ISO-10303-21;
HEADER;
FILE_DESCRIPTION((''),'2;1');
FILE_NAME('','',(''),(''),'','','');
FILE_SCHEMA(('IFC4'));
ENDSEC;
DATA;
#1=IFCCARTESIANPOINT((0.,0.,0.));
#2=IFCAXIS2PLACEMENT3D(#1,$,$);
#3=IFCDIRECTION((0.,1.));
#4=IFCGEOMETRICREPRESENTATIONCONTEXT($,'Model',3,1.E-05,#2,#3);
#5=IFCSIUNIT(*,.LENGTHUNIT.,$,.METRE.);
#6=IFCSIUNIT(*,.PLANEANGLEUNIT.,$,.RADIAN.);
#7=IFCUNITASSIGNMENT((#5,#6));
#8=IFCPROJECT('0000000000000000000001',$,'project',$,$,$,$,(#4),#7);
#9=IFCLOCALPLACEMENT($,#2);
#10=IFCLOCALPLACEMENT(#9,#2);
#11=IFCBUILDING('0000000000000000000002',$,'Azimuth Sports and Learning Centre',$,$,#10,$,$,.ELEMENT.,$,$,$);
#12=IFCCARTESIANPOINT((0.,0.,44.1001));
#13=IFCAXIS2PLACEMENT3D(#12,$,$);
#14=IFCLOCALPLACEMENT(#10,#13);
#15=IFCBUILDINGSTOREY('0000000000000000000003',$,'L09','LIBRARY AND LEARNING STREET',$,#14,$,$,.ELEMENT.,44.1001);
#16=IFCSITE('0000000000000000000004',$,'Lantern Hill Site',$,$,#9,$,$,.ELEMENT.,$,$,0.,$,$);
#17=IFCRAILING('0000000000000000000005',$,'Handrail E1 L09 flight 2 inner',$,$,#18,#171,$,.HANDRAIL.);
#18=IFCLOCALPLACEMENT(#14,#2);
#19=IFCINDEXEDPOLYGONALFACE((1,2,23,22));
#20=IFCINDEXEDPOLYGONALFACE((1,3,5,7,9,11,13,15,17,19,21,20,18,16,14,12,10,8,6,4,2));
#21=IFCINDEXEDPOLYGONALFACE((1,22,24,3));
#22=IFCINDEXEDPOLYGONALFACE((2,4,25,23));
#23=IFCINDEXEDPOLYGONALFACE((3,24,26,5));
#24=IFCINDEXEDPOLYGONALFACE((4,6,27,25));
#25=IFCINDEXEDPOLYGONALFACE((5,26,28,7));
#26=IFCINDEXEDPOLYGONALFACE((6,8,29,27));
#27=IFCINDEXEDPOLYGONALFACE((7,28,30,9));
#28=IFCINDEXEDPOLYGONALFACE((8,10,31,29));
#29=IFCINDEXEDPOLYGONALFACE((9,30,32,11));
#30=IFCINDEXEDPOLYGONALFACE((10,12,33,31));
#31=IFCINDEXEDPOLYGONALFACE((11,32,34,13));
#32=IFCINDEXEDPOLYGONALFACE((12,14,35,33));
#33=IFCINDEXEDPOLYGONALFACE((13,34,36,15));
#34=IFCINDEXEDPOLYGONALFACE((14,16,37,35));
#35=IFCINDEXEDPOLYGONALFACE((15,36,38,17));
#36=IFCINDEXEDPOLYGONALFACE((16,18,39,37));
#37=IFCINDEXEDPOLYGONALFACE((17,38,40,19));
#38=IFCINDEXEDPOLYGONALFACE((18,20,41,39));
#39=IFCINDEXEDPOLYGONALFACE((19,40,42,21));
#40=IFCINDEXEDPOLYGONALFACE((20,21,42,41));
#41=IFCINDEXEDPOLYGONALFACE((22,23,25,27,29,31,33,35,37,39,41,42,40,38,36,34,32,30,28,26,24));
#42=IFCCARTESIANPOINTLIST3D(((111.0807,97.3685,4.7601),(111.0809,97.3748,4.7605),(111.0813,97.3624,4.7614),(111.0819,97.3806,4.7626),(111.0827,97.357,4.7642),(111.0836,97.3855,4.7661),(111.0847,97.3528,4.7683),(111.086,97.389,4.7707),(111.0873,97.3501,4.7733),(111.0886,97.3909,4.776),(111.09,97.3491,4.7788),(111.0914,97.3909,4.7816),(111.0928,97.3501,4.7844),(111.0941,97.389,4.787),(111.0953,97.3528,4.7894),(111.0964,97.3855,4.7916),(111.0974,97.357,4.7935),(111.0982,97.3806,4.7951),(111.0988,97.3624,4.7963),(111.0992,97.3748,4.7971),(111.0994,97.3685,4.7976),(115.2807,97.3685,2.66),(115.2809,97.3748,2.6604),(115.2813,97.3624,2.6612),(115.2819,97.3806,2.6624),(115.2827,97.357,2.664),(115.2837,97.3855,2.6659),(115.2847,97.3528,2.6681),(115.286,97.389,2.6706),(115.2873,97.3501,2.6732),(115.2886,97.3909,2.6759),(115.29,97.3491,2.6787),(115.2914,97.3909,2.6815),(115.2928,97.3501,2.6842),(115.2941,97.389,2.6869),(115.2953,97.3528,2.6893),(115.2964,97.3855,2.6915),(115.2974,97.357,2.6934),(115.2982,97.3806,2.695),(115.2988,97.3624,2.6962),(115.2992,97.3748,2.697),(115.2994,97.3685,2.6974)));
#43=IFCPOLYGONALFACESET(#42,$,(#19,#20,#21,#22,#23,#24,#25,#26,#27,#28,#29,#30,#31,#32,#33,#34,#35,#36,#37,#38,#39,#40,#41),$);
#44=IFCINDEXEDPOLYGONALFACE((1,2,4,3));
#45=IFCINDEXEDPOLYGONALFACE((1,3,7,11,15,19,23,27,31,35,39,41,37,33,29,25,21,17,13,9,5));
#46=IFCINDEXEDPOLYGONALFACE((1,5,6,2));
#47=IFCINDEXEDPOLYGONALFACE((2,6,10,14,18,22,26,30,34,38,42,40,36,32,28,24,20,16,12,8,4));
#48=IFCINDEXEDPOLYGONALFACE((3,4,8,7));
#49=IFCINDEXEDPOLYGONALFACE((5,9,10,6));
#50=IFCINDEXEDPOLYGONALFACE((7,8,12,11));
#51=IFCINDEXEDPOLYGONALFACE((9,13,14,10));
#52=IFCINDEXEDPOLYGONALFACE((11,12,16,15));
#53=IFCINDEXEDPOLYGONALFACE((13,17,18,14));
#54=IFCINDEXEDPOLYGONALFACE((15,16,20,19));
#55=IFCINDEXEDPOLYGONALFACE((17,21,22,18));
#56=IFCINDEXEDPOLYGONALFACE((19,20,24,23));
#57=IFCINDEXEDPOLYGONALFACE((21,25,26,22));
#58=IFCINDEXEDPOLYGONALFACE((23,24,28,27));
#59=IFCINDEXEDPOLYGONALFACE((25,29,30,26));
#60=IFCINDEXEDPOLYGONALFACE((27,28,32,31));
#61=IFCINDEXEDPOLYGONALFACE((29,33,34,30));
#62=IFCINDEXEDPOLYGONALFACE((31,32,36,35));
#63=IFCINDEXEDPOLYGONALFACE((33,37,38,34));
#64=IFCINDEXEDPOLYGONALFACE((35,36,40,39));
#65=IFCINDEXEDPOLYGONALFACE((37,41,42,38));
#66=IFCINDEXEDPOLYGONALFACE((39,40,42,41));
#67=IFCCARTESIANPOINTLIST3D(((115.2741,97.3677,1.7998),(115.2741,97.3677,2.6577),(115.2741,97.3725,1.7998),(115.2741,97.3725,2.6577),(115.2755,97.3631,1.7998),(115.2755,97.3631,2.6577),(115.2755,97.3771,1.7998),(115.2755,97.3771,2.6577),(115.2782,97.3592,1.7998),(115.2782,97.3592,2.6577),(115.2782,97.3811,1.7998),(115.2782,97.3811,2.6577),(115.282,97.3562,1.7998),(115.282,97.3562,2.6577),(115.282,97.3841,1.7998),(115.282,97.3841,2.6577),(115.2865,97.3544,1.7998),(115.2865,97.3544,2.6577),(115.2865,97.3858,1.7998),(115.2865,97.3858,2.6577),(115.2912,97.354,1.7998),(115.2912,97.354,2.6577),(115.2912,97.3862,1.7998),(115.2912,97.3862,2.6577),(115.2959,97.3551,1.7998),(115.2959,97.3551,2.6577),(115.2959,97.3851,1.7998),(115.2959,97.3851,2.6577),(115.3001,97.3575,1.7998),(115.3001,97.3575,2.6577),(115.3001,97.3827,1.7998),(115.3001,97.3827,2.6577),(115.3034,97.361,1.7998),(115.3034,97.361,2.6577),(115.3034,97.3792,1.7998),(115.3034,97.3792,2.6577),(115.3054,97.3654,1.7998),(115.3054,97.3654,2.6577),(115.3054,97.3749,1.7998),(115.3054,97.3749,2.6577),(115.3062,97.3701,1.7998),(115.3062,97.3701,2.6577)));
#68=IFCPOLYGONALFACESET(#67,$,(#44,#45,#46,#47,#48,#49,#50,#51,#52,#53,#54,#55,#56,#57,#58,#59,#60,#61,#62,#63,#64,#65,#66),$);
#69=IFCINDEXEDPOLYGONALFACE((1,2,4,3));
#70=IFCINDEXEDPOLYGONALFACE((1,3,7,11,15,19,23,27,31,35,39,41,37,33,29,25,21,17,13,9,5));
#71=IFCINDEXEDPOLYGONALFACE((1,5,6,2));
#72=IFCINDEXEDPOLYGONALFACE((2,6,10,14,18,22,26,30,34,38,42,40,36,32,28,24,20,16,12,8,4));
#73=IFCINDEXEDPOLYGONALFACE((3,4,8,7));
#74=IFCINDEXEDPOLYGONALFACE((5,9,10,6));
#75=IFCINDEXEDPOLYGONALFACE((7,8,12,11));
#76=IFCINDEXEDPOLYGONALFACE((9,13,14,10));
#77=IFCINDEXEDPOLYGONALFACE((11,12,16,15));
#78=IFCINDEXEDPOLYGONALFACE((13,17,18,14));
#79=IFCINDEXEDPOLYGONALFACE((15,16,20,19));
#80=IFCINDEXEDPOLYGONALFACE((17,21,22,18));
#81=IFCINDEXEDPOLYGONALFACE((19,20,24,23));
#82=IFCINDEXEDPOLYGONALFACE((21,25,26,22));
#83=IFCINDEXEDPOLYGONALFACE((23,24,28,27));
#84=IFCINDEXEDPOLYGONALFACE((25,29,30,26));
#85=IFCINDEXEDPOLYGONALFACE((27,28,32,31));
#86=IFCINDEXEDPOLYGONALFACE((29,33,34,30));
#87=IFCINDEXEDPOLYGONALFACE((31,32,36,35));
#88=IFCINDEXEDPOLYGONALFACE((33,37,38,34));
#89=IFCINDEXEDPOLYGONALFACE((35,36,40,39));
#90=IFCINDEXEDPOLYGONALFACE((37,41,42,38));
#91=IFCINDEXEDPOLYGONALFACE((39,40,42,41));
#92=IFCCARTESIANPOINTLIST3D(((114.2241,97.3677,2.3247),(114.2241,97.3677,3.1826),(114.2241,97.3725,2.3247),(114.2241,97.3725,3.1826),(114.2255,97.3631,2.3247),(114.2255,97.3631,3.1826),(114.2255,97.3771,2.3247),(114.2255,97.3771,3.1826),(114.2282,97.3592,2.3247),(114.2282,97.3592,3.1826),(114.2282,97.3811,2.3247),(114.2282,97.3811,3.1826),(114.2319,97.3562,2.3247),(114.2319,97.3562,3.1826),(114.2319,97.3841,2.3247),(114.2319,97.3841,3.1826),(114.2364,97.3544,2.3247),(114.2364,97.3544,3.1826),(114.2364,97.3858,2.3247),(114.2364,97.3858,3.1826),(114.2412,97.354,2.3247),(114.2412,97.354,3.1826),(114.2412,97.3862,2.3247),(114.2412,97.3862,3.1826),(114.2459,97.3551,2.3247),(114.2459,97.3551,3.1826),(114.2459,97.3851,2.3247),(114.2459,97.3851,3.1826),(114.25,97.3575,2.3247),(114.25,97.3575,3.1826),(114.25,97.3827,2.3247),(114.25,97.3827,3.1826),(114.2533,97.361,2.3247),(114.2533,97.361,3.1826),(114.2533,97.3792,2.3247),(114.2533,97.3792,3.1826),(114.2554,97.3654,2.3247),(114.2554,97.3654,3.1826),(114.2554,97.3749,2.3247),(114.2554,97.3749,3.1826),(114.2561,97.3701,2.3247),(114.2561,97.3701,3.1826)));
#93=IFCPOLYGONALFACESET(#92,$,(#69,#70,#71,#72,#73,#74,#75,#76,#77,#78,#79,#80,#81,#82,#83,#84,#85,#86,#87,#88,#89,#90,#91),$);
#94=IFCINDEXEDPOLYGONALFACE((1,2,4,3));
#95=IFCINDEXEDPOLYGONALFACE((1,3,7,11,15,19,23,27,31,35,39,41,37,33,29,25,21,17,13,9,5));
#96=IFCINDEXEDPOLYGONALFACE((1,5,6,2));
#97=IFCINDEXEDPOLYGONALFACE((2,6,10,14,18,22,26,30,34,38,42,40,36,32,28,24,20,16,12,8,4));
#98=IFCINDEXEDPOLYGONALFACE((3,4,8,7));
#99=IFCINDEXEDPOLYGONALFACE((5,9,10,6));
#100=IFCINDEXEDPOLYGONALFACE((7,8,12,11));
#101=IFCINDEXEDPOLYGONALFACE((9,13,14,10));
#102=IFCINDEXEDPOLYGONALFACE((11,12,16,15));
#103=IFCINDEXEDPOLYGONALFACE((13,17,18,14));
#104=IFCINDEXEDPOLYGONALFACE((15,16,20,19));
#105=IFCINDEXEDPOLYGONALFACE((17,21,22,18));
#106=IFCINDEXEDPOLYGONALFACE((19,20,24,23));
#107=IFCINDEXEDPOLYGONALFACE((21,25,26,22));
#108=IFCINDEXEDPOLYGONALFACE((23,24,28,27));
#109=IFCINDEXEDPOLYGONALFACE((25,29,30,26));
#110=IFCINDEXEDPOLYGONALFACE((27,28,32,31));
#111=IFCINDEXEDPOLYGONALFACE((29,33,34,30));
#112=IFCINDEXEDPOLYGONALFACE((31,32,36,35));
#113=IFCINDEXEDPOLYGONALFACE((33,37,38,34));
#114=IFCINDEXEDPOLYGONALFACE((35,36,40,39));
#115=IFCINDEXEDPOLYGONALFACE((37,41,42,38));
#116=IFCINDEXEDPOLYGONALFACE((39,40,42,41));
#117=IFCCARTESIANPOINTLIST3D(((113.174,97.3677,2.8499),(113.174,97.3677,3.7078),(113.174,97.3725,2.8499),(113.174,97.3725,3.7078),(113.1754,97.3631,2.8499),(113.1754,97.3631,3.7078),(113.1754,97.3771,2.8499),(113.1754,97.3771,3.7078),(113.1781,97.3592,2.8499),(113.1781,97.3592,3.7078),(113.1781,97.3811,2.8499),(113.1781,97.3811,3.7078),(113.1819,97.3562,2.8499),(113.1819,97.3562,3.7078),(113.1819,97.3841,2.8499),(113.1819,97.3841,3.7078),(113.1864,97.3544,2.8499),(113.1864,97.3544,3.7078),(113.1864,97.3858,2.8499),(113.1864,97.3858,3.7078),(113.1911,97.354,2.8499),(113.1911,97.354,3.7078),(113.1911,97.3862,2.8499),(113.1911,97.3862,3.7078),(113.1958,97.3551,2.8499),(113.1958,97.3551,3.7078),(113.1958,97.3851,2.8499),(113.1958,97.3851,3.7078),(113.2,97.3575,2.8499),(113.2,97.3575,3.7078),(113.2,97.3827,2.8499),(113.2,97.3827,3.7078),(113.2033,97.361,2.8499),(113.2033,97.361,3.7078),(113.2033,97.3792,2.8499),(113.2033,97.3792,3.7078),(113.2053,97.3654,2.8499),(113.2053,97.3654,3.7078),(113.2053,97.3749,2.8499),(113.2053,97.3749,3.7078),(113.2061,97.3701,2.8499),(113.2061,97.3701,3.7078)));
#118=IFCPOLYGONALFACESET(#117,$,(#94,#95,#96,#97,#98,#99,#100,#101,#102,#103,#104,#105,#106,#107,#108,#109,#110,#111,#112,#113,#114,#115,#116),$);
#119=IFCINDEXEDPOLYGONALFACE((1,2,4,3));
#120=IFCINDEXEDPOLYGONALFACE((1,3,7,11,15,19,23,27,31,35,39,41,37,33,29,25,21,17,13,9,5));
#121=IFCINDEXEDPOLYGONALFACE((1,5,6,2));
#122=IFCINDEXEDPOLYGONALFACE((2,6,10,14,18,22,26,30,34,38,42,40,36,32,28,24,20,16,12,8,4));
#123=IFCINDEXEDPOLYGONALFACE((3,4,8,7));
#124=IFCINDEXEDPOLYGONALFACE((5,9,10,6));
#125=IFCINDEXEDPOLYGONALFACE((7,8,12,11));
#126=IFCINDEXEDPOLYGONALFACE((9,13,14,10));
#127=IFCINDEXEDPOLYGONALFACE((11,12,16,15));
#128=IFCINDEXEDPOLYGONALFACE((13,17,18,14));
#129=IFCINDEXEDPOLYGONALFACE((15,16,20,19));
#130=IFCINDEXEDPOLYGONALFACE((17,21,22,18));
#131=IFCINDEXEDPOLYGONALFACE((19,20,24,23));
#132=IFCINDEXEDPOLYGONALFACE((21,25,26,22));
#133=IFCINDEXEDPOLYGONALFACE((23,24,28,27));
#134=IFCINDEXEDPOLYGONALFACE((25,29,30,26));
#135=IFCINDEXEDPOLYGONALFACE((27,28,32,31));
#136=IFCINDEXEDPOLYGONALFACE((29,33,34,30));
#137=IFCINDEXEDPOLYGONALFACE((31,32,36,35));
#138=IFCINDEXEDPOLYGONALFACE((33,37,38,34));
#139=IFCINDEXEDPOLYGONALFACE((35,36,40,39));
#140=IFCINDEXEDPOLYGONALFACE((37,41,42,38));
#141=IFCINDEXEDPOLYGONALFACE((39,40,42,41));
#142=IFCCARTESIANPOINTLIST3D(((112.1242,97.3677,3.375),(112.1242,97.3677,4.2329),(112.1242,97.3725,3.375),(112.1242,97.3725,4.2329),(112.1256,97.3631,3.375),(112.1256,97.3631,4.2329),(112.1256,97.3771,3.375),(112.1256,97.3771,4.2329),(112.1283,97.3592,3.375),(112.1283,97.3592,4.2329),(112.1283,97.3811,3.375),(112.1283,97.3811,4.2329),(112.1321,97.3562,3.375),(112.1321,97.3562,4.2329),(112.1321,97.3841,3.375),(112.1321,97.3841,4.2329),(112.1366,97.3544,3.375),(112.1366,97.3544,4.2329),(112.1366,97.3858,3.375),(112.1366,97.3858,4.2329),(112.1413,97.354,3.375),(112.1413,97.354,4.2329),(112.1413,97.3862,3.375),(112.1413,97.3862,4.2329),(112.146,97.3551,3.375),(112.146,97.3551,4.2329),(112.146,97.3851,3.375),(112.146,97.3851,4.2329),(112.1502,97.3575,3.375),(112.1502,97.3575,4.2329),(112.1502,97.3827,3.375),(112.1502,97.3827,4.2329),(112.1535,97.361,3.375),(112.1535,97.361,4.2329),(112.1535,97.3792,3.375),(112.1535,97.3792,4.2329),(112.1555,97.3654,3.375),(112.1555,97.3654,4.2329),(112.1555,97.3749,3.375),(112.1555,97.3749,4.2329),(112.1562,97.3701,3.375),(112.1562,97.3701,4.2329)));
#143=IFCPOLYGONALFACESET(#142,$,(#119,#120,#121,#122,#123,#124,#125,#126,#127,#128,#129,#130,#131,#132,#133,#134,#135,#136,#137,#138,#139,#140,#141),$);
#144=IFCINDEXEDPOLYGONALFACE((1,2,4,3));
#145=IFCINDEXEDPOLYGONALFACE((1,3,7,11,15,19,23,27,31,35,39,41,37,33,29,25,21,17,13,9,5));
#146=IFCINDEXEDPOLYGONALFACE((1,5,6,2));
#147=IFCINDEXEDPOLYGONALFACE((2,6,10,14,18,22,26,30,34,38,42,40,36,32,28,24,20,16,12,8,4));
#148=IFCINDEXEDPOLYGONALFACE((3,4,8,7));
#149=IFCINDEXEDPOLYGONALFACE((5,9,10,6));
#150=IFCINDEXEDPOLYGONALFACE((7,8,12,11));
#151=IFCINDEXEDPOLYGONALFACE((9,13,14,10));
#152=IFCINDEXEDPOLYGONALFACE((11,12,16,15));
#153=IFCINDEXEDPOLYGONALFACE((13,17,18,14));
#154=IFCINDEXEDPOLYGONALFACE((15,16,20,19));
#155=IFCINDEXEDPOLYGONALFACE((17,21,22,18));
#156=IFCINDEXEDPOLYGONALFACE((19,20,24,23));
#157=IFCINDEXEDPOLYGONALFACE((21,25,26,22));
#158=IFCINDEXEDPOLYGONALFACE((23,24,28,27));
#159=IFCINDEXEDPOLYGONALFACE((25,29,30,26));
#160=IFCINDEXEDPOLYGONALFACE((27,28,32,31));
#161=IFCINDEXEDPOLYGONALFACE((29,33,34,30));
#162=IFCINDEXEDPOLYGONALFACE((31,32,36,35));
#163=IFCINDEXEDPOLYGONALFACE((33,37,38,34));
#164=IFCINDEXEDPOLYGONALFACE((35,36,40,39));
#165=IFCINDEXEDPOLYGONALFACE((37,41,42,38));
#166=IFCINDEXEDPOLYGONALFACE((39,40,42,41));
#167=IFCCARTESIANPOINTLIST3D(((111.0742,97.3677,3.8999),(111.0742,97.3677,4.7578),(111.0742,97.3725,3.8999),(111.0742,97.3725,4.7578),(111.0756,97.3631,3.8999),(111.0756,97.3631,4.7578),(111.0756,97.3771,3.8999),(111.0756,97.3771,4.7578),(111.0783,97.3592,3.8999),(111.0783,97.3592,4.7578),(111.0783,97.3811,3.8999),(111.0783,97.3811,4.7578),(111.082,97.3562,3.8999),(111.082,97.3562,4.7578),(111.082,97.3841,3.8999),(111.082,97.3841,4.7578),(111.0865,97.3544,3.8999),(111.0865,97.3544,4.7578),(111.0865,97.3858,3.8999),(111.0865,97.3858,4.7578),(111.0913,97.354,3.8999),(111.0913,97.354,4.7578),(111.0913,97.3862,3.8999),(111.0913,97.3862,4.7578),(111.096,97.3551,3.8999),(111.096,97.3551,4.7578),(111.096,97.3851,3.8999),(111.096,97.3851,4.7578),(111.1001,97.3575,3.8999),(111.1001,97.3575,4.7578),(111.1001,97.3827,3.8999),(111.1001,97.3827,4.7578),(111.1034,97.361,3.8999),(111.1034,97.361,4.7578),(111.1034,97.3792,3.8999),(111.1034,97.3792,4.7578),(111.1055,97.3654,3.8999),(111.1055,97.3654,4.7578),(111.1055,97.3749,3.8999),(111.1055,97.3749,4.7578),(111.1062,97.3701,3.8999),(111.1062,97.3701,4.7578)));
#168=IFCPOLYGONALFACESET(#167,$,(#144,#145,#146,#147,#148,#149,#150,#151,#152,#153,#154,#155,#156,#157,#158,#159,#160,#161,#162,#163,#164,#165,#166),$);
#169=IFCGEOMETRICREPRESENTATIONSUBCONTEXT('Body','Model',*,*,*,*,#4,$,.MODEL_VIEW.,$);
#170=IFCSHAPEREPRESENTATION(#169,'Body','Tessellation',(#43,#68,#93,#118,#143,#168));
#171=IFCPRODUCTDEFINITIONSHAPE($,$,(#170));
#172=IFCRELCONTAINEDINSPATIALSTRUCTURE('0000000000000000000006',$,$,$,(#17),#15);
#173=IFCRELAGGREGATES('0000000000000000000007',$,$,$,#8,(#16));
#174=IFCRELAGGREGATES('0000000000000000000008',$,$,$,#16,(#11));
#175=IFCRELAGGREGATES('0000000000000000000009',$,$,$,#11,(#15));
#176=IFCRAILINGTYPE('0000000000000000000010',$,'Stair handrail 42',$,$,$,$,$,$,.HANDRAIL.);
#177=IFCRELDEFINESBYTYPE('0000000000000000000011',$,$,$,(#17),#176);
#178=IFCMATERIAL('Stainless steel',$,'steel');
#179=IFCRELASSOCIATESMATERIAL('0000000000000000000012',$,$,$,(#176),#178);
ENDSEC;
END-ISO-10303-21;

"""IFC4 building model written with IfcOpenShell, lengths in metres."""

from ifc_helpers import new_model, si_unit, direction, frame, origin, origin_2d, place, context, subcontext, project, spatial, circle, extrude, material, type_object, element, save


model = new_model("IFC4")

# Units and contexts
model_context = context("Model", 3, precision=1e-05, world=origin(), true_north=direction((0.0, 1.0)))
body_context = subcontext(model_context, "Body", "Model", "MODEL_VIEW")
ifc_project = project(units=[si_unit("LENGTHUNIT", "METRE"), si_unit("PLANEANGLEUNIT", "RADIAN")], contexts=[model_context])

# Site, building, storey
site_placement = place(None, origin())
site = spatial("IfcSite", under=ifc_project, at=site_placement, Name="Lantern Hill Site", CompositionType="ELEMENT", RefElevation=0.0)
building_placement = place(site_placement, origin())
building = spatial("IfcBuilding", under=site, at=building_placement, Name="Azimuth Sports and Learning Centre", CompositionType="ELEMENT")
storey_placement = place(building_placement, frame((0.0, 0.0, 44.1001)))
storey = spatial("IfcBuildingStorey", under=building, at=storey_placement, Name="L09", Description="LIBRARY AND LEARNING STREET", CompositionType="ELEMENT", Elevation=44.1001)

# Railing
ifc_material_1 = material(Name="Stainless steel", Category="steel")
railing_type_1 = type_object("IfcRailingType", Name="Stair handrail 42", PredefinedType="HANDRAIL", material=ifc_material_1)
for number, where, name in (
    (1, (115.29, 97.3701, 1.7998), "Handrail E1 L09 flight 2 inner"),
):
    element("IfcRailing", number, at=place(storey_placement, frame(where)), inside=storey, type_object=railing_type_1, Name=name, PredefinedType="HANDRAIL", context=body_context, shape_type="SweptSolid", body=[
        extrude(circle(Radius=0.021, at=origin_2d()), frame((0.0, 0.0, 0.8789), z_axis=(-0.894417, 0.0, 0.447234), x_axis=(0.0, -1.0, 0.0)), (0.0, 0.0, 1.0), 4.6958),
        extrude(circle(Radius=0.0161, at=origin_2d()), origin(), (0.0, 0.0, 1.0), 0.8579),
        extrude(circle(Radius=0.0161, at=origin_2d()), frame((-1.05, 0.0, 0.5249)), (0.0, 0.0, 1.0), 0.8579),
        extrude(circle(Radius=0.0161, at=origin_2d()), frame((-2.1001, 0.0, 1.05)), (0.0, 0.0, 1.0), 0.8579),
        extrude(circle(Radius=0.0161, at=origin_2d()), frame((-3.1499, 0.0, 1.5752)), (0.0, 0.0, 1.0), 0.8579),
        extrude(circle(Radius=0.0161, at=origin_2d()), frame((-4.2, 0.0, 2.1001)), (0.0, 0.0, 1.0), 0.8579),
    ])

save(model, "model.ifc")
